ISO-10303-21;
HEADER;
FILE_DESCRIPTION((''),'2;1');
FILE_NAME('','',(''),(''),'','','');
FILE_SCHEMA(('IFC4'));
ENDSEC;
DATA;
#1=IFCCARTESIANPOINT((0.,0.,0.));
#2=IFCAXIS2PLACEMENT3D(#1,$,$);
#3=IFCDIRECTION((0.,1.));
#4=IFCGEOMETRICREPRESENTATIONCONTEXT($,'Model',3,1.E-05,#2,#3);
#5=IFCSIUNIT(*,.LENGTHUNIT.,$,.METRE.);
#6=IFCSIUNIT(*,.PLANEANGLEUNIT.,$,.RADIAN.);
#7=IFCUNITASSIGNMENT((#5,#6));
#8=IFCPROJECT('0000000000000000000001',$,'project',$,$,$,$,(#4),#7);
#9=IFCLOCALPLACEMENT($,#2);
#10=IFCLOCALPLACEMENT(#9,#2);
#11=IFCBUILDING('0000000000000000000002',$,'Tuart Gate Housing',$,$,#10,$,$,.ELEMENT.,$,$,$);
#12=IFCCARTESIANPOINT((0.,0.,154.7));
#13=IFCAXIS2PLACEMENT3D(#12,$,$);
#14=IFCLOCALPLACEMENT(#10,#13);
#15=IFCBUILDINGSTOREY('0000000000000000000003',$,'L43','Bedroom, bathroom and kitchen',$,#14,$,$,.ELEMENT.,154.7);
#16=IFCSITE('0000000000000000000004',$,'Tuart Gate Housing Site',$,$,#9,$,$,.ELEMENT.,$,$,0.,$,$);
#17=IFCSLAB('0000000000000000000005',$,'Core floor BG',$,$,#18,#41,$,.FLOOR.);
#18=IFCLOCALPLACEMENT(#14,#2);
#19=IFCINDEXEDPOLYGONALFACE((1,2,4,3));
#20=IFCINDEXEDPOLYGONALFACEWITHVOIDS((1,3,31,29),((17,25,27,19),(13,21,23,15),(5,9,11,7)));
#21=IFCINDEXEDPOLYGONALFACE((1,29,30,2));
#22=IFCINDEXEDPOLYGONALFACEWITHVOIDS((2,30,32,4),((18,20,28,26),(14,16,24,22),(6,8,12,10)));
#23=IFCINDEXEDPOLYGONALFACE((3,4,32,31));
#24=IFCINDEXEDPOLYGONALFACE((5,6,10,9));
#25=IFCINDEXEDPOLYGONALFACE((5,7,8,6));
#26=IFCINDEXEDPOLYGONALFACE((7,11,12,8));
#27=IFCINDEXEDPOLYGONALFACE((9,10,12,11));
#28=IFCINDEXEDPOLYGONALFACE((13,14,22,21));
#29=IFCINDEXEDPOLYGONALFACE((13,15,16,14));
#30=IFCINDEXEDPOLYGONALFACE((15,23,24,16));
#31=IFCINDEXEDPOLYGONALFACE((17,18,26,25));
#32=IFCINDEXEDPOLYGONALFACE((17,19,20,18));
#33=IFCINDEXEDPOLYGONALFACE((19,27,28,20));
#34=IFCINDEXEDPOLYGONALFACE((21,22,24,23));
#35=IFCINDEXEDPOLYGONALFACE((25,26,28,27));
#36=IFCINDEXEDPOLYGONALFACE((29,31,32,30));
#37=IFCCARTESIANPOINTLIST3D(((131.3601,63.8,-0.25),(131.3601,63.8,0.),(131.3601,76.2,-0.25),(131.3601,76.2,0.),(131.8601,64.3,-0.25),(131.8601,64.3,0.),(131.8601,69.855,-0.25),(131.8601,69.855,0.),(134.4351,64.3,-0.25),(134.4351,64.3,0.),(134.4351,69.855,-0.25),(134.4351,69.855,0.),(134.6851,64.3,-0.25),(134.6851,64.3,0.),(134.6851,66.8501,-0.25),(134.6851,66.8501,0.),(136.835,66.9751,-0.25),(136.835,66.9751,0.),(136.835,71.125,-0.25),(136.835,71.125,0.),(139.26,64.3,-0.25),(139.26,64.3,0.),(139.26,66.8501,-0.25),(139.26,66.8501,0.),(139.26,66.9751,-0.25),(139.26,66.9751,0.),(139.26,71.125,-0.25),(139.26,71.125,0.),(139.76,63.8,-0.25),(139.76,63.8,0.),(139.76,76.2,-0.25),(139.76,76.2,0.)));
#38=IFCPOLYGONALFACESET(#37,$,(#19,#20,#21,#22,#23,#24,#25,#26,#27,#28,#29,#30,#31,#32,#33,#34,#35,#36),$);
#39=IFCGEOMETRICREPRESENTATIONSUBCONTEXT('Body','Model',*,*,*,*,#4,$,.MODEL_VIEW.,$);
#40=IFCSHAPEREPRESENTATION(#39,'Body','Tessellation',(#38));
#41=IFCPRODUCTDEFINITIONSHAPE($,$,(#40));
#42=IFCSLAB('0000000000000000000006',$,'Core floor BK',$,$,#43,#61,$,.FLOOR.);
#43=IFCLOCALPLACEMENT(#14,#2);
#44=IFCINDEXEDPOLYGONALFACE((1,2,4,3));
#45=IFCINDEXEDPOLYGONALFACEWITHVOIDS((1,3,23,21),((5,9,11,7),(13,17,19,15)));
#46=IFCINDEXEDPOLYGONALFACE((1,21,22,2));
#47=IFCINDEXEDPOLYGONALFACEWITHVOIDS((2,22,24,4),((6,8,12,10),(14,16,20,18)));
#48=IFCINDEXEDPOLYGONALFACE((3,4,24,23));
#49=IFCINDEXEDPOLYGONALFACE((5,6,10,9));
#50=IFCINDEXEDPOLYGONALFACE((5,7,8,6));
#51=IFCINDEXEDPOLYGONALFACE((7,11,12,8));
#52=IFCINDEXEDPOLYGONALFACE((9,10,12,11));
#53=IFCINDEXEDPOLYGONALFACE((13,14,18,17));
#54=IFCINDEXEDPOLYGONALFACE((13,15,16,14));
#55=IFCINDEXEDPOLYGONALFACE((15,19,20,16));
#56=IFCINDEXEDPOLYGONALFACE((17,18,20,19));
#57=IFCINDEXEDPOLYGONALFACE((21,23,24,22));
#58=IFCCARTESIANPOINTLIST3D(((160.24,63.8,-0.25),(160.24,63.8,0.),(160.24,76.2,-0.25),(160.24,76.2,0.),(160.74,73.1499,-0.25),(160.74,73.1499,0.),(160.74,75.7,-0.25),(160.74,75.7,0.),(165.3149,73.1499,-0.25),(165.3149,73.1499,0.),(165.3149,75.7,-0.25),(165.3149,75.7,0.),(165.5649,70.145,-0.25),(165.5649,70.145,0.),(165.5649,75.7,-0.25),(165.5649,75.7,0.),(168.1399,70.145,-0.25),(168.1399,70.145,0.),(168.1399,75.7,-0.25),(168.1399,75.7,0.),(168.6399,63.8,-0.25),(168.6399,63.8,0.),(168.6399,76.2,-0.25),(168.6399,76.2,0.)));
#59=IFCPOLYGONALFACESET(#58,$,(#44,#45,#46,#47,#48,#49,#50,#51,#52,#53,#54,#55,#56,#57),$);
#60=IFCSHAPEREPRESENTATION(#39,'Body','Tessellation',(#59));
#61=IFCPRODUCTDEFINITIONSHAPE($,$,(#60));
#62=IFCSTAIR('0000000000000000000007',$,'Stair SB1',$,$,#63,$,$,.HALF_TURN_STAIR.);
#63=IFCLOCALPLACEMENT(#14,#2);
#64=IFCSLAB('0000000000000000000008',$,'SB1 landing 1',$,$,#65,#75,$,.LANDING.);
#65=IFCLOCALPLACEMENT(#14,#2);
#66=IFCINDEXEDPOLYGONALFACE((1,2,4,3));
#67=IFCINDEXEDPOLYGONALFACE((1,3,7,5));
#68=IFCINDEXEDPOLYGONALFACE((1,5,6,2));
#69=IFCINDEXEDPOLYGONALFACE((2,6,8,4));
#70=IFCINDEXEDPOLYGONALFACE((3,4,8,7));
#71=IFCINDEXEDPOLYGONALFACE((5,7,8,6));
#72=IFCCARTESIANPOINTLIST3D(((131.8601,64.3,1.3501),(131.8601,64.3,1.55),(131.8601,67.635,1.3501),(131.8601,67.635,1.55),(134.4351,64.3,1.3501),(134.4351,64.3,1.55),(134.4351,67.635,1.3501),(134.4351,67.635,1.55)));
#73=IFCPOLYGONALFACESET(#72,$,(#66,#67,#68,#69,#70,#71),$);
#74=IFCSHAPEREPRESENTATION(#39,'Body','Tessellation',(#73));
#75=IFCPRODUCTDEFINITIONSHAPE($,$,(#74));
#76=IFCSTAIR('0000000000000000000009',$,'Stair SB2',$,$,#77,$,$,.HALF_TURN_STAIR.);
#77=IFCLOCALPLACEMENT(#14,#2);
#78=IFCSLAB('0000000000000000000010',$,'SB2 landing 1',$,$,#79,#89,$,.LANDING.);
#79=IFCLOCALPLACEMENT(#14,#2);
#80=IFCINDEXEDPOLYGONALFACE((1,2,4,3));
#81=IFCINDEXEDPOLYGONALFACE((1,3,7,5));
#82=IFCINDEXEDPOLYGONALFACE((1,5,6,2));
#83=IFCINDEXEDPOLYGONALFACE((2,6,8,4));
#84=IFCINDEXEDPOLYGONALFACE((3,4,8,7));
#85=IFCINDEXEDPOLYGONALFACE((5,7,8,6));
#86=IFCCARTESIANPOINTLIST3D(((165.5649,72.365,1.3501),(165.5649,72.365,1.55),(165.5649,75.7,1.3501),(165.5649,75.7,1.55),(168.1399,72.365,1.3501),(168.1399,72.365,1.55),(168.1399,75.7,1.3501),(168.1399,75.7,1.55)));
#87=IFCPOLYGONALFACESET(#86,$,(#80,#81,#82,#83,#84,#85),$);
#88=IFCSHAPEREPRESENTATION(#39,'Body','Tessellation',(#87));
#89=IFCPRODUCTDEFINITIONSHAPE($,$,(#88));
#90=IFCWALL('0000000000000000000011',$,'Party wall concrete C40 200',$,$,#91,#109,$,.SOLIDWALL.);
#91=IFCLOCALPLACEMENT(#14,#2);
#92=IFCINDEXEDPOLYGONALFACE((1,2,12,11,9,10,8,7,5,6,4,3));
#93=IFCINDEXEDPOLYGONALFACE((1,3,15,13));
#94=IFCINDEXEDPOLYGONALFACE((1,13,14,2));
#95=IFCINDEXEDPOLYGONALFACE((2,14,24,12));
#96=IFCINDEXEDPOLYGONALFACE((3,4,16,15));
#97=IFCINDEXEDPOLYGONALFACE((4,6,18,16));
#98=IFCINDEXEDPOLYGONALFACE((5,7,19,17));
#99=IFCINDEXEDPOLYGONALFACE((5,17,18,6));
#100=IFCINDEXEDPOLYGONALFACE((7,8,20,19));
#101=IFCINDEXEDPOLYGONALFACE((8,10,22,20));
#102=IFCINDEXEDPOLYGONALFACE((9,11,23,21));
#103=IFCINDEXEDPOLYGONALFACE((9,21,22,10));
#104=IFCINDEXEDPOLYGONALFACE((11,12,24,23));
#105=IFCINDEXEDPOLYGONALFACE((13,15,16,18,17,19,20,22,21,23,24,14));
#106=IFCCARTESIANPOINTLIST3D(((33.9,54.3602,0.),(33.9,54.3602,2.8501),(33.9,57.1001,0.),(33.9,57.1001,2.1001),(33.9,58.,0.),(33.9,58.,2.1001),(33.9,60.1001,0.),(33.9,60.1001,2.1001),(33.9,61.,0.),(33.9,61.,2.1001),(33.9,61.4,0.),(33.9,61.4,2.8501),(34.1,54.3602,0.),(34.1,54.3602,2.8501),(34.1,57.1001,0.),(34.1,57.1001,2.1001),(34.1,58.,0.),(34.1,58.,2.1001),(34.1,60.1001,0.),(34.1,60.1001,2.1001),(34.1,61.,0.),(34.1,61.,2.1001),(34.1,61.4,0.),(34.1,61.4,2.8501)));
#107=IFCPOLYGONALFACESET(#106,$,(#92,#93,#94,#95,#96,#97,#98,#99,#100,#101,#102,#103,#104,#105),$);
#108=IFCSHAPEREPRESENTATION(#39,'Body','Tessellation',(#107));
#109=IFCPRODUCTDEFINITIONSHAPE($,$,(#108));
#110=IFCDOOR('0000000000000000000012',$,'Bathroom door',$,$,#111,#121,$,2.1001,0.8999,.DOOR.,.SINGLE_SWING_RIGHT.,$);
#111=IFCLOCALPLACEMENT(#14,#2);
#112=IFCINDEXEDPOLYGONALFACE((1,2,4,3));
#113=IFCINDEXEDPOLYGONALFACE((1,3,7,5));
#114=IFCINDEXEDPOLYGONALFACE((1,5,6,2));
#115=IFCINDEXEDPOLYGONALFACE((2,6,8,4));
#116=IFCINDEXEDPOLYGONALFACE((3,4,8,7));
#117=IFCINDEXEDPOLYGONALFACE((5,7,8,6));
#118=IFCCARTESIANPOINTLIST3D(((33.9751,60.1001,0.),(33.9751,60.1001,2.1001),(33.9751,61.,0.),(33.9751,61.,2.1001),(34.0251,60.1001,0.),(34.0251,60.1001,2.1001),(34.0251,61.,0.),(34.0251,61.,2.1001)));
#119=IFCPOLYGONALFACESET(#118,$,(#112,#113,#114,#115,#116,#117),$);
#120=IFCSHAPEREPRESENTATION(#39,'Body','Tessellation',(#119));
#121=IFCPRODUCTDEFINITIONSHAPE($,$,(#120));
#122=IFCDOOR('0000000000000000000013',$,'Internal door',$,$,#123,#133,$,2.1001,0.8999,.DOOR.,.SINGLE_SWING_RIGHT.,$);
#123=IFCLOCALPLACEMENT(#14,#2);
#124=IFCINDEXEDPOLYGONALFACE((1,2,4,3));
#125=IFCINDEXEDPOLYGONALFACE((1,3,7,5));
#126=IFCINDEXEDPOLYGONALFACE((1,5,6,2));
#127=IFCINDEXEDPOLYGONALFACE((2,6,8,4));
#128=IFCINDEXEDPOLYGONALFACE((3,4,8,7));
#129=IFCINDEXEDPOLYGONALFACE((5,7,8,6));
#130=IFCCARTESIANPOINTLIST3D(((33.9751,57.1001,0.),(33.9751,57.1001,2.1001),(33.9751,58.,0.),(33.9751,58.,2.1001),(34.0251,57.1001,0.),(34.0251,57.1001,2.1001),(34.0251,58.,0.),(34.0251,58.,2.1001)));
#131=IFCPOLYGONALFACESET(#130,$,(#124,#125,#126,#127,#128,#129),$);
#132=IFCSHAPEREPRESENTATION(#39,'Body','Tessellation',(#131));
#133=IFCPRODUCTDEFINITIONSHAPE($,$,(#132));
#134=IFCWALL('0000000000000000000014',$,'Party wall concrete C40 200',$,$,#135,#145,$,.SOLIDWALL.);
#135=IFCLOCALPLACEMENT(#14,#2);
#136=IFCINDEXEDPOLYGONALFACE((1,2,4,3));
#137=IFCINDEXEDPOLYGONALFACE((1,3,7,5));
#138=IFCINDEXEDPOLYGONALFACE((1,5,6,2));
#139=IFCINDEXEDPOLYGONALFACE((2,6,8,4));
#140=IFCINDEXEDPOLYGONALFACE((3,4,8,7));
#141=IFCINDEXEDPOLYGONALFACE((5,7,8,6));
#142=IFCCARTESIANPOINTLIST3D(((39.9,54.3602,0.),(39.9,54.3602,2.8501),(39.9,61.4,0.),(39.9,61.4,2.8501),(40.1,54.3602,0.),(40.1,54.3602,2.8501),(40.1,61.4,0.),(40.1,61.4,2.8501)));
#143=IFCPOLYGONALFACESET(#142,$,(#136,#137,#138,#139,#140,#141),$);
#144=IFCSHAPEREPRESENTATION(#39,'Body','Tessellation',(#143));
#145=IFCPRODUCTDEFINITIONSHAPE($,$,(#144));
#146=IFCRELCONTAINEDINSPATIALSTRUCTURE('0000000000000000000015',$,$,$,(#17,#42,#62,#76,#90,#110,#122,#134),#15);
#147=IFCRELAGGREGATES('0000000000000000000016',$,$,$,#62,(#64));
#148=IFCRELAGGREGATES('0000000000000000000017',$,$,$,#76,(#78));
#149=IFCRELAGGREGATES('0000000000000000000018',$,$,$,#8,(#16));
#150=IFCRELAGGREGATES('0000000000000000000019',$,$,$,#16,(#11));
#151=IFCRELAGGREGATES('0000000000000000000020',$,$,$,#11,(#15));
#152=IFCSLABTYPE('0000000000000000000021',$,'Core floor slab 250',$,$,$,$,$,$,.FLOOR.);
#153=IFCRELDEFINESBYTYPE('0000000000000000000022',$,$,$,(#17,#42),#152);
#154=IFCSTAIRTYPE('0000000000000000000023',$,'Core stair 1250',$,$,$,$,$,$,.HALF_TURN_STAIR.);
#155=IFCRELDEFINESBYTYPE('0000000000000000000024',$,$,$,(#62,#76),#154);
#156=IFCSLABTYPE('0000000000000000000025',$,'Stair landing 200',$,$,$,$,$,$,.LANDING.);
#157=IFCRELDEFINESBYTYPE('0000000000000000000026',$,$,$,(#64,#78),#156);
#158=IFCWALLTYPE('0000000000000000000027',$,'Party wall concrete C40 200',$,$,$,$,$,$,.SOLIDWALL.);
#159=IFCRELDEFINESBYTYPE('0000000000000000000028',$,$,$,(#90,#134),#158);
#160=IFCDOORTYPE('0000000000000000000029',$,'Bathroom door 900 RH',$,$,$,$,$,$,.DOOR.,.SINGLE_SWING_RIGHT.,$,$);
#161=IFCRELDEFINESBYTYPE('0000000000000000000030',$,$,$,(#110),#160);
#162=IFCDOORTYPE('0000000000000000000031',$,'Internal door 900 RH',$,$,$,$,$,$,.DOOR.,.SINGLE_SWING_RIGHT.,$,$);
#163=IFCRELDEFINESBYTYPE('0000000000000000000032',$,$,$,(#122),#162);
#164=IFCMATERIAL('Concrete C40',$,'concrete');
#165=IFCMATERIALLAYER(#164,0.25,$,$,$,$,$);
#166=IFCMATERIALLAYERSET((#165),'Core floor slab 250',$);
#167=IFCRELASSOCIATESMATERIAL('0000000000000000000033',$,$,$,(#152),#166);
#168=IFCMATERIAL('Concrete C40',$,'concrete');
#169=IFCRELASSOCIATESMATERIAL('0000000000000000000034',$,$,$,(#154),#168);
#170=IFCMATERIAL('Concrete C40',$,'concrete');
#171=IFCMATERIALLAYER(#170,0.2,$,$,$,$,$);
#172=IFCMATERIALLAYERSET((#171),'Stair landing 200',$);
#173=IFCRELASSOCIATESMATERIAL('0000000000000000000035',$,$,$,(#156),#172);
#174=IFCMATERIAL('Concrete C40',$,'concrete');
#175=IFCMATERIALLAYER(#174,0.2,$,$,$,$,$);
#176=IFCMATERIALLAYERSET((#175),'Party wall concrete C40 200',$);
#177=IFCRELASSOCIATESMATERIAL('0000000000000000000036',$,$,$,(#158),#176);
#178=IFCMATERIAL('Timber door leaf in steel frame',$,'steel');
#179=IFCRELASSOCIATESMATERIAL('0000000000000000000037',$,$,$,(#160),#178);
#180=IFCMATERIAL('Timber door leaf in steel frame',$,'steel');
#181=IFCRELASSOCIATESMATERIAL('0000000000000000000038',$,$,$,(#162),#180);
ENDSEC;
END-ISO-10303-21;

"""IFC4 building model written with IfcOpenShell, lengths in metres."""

from ifc_helpers import new_model, si_unit, direction, frame, frame_2d, origin, place, context, subcontext, project, spatial, polyline, rectangle, outline, extrude, material, layer, layer_set, type_object, element, fill, aggregate, save


model = new_model("IFC4")

# Units and contexts
model_context = context("Model", 3, precision=1e-05, world=origin(), true_north=direction((0.0, 1.0)))
body_context = subcontext(model_context, "Body", "Model", "MODEL_VIEW")
ifc_project = project(units=[si_unit("LENGTHUNIT", "METRE"), si_unit("PLANEANGLEUNIT", "RADIAN")], contexts=[model_context])

# Site, building, storey
site_placement = place(None, origin())
site = spatial("IfcSite", under=ifc_project, at=site_placement, Name="Tuart Gate Housing Site", CompositionType="ELEMENT", RefElevation=0.0)
building_placement = place(site_placement, origin())
building = spatial("IfcBuilding", under=site, at=building_placement, Name="Tuart Gate Housing", CompositionType="ELEMENT")
storey_placement = place(building_placement, frame((0.0, 0.0, 154.7)))
storey = spatial("IfcBuildingStorey", under=building, at=storey_placement, Name="L43", Description="Bedroom, bathroom and kitchen", CompositionType="ELEMENT", Elevation=154.7)

# Slabs
ifc_material_1 = material(Name="Concrete C40", Category="concrete")
ifc_layer_1 = layer(ifc_material_1, 0.25)
ifc_layer_set_1 = layer_set([ifc_layer_1], Name="Core floor slab 250")
slab_type_1 = type_object("IfcSlabType", Name="Core floor slab 250", PredefinedType="FLOOR", material=ifc_layer_set_1)
slab_1_placement = place(storey_placement, frame((0.0, 0.0, -0.25)))
element("IfcSlab", 1, at=slab_1_placement, inside=storey, type_object=slab_type_1, Name="Core floor BG", PredefinedType="FLOOR", context=body_context, shape_type="SweptSolid", body=[
    extrude(outline(polyline([(131.3601, 63.8), (139.76, 63.8), (139.76, 76.2), (131.3601, 76.2), (131.3601, 63.8)]), holes=[polyline([(139.26, 66.8501), (134.6851, 66.8501), (134.6851, 64.3), (139.26, 64.3), (139.26, 66.8501)]), polyline([(139.26, 71.125), (136.835, 71.125), (136.835, 66.9751), (139.26, 66.9751), (139.26, 71.125)]), polyline([(134.4351, 69.855), (131.8601, 69.855), (131.8601, 64.3), (134.4351, 64.3), (134.4351, 69.855)])]), origin(), (0.0, 0.0, 1.0), 0.25),
])
slab_2_placement = place(storey_placement, frame((0.0, 0.0, -0.25)))
element("IfcSlab", 2, at=slab_2_placement, inside=storey, type_object=slab_type_1, Name="Core floor BK", PredefinedType="FLOOR", context=body_context, shape_type="SweptSolid", body=[
    extrude(outline(polyline([(160.24, 63.8), (168.6399, 63.8), (168.6399, 76.2), (160.24, 76.2), (160.24, 63.8)]), holes=[polyline([(160.74, 73.1499), (165.3149, 73.1499), (165.3149, 75.7), (160.74, 75.7), (160.74, 73.1499)]), polyline([(165.5649, 70.145), (168.1399, 70.145), (168.1399, 75.7), (165.5649, 75.7), (165.5649, 70.145)])]), origin(), (0.0, 0.0, 1.0), 0.25),
])

# Stairs, slabs
ifc_material_2 = material(Name="Concrete C40", Category="concrete")
stair_type = type_object("IfcStairType", Name="Core stair 1250", PredefinedType="HALF_TURN_STAIR", material=ifc_material_2)
stair_1_placement = place(storey_placement, origin())
stair_1 = element("IfcStair", 3, at=stair_1_placement, inside=storey, type_object=stair_type, Name="Stair SB1", PredefinedType="HALF_TURN_STAIR")
ifc_material_3 = material(Name="Concrete C40", Category="concrete")
ifc_layer_2 = layer(ifc_material_3, 0.2)
ifc_layer_set_2 = layer_set([ifc_layer_2], Name="Stair landing 200")
slab_type_2 = type_object("IfcSlabType", Name="Stair landing 200", PredefinedType="LANDING", material=ifc_layer_set_2)
slab_3_placement = place(storey_placement, frame((0.0, 0.0, 1.3501)))
slab_3 = element("IfcSlab", 4, at=slab_3_placement, type_object=slab_type_2, Name="SB1 landing 1", PredefinedType="LANDING", context=body_context, shape_type="SweptSolid", body=[
    extrude(outline(polyline([(134.4351, 67.635), (131.8601, 67.635), (131.8601, 64.3), (134.4351, 64.3), (134.4351, 67.635)])), origin(), (0.0, 0.0, 1.0), 0.2),
])
aggregate(stair_1, [slab_3])
stair_2_placement = place(storey_placement, origin())
stair_2 = element("IfcStair", 5, at=stair_2_placement, inside=storey, type_object=stair_type, Name="Stair SB2", PredefinedType="HALF_TURN_STAIR")
slab_4_placement = place(storey_placement, frame((0.0, 0.0, 1.3501)))
slab_4 = element("IfcSlab", 6, at=slab_4_placement, type_object=slab_type_2, Name="SB2 landing 1", PredefinedType="LANDING", context=body_context, shape_type="SweptSolid", body=[
    extrude(outline(polyline([(165.5649, 72.365), (168.1399, 72.365), (168.1399, 75.7), (165.5649, 75.7), (165.5649, 72.365)])), origin(), (0.0, 0.0, 1.0), 0.2),
])
aggregate(stair_2, [slab_4])

# Wall, openings, doors
ifc_material_4 = material(Name="Concrete C40", Category="concrete")
ifc_layer_3 = layer(ifc_material_4, 0.2)
ifc_layer_set_3 = layer_set([ifc_layer_3], Name="Party wall concrete C40 200")
wall_type_1 = type_object("IfcWallType", Name="Party wall concrete C40 200", PredefinedType="SOLIDWALL", material=ifc_layer_set_3)
wall_1_placement = place(storey_placement, frame((34.0, 54.3601, 0.0), z_axis=(0.0, 0.0, 1.0), x_axis=(0.0, 1.0, 0.0)))
wall_1 = element("IfcWall", 7, at=wall_1_placement, inside=storey, type_object=wall_type_1, Name="Party wall concrete C40 200", PredefinedType="SOLIDWALL", context=body_context, shape_type="SweptSolid", body=[
    extrude(rectangle(XDim=7.0398, YDim=0.2, at=frame_2d((3.52, 0.0))), origin(), (0.0, 0.0, 1.0), 2.8501),
])
opening_1_placement = place(wall_1_placement, frame((2.74, 0.0, 0.0)))
opening_1 = element("IfcOpeningElement", 8, at=opening_1_placement, cuts=wall_1, PredefinedType="OPENING", context=body_context, shape_type="SweptSolid", body=[
    extrude(rectangle(XDim=0.8999, YDim=2.1001, at=frame_2d((0.45, 1.05))), frame((0.0, 0.1099, 0.0), z_axis=(0.0, -1.0, 0.0), x_axis=(1.0, 0.0, 0.0)), (0.0, 0.0, 1.0), 0.22),
])
opening_2_placement = place(wall_1_placement, frame((5.74, 0.0, 0.0)))
opening_2 = element("IfcOpeningElement", 9, at=opening_2_placement, cuts=wall_1, PredefinedType="OPENING", context=body_context, shape_type="SweptSolid", body=[
    extrude(rectangle(XDim=0.8999, YDim=2.1001, at=frame_2d((0.45, 1.05))), frame((0.0, 0.1099, 0.0), z_axis=(0.0, -1.0, 0.0), x_axis=(1.0, 0.0, 0.0)), (0.0, 0.0, 1.0), 0.22),
])
ifc_material_5 = material(Name="Timber door leaf in steel frame", Category="steel")
door_type_1 = type_object("IfcDoorType", Name="Bathroom door 900 RH", OperationType="SINGLE_SWING_RIGHT", PredefinedType="DOOR", material=ifc_material_5)
door_1_placement = place(opening_2_placement, origin())
door_1 = element("IfcDoor", 10, at=door_1_placement, inside=storey, type_object=door_type_1, Name="Bathroom door", OperationType="SINGLE_SWING_RIGHT", OverallHeight=2.1001, OverallWidth=0.8999, PredefinedType="DOOR", context=body_context, shape_type="SweptSolid", body=[
    extrude(rectangle(XDim=0.8999, YDim=2.1001, at=frame_2d((0.45, 1.05))), frame((0.0, 0.0249, 0.0), z_axis=(0.0, -1.0, 0.0), x_axis=(1.0, 0.0, 0.0)), (0.0, 0.0, 1.0), 0.05),
])
fill(opening_2, door_1)
ifc_material_6 = material(Name="Timber door leaf in steel frame", Category="steel")
door_type_2 = type_object("IfcDoorType", Name="Internal door 900 RH", OperationType="SINGLE_SWING_RIGHT", PredefinedType="DOOR", material=ifc_material_6)
door_2_placement = place(opening_1_placement, origin())
door_2 = element("IfcDoor", 11, at=door_2_placement, inside=storey, type_object=door_type_2, Name="Internal door", OperationType="SINGLE_SWING_RIGHT", OverallHeight=2.1001, OverallWidth=0.8999, PredefinedType="DOOR", context=body_context, shape_type="SweptSolid", body=[
    extrude(rectangle(XDim=0.8999, YDim=2.1001, at=frame_2d((0.45, 1.05))), frame((0.0, 0.0249, 0.0), z_axis=(0.0, -1.0, 0.0), x_axis=(1.0, 0.0, 0.0)), (0.0, 0.0, 1.0), 0.05),
])
fill(opening_1, door_2)

# Wall
wall_2_placement = place(storey_placement, frame((40.0, 54.3601, 0.0), z_axis=(0.0, 0.0, 1.0), x_axis=(0.0, 1.0, 0.0)))
element("IfcWall", 12, at=wall_2_placement, inside=storey, type_object=wall_type_1, Name="Party wall concrete C40 200", PredefinedType="SOLIDWALL", context=body_context, shape_type="SweptSolid", body=[
    extrude(rectangle(XDim=7.0398, YDim=0.2, at=frame_2d((3.52, 0.0))), origin(), (0.0, 0.0, 1.0), 2.8501),
])

save(model, "model.ifc")
